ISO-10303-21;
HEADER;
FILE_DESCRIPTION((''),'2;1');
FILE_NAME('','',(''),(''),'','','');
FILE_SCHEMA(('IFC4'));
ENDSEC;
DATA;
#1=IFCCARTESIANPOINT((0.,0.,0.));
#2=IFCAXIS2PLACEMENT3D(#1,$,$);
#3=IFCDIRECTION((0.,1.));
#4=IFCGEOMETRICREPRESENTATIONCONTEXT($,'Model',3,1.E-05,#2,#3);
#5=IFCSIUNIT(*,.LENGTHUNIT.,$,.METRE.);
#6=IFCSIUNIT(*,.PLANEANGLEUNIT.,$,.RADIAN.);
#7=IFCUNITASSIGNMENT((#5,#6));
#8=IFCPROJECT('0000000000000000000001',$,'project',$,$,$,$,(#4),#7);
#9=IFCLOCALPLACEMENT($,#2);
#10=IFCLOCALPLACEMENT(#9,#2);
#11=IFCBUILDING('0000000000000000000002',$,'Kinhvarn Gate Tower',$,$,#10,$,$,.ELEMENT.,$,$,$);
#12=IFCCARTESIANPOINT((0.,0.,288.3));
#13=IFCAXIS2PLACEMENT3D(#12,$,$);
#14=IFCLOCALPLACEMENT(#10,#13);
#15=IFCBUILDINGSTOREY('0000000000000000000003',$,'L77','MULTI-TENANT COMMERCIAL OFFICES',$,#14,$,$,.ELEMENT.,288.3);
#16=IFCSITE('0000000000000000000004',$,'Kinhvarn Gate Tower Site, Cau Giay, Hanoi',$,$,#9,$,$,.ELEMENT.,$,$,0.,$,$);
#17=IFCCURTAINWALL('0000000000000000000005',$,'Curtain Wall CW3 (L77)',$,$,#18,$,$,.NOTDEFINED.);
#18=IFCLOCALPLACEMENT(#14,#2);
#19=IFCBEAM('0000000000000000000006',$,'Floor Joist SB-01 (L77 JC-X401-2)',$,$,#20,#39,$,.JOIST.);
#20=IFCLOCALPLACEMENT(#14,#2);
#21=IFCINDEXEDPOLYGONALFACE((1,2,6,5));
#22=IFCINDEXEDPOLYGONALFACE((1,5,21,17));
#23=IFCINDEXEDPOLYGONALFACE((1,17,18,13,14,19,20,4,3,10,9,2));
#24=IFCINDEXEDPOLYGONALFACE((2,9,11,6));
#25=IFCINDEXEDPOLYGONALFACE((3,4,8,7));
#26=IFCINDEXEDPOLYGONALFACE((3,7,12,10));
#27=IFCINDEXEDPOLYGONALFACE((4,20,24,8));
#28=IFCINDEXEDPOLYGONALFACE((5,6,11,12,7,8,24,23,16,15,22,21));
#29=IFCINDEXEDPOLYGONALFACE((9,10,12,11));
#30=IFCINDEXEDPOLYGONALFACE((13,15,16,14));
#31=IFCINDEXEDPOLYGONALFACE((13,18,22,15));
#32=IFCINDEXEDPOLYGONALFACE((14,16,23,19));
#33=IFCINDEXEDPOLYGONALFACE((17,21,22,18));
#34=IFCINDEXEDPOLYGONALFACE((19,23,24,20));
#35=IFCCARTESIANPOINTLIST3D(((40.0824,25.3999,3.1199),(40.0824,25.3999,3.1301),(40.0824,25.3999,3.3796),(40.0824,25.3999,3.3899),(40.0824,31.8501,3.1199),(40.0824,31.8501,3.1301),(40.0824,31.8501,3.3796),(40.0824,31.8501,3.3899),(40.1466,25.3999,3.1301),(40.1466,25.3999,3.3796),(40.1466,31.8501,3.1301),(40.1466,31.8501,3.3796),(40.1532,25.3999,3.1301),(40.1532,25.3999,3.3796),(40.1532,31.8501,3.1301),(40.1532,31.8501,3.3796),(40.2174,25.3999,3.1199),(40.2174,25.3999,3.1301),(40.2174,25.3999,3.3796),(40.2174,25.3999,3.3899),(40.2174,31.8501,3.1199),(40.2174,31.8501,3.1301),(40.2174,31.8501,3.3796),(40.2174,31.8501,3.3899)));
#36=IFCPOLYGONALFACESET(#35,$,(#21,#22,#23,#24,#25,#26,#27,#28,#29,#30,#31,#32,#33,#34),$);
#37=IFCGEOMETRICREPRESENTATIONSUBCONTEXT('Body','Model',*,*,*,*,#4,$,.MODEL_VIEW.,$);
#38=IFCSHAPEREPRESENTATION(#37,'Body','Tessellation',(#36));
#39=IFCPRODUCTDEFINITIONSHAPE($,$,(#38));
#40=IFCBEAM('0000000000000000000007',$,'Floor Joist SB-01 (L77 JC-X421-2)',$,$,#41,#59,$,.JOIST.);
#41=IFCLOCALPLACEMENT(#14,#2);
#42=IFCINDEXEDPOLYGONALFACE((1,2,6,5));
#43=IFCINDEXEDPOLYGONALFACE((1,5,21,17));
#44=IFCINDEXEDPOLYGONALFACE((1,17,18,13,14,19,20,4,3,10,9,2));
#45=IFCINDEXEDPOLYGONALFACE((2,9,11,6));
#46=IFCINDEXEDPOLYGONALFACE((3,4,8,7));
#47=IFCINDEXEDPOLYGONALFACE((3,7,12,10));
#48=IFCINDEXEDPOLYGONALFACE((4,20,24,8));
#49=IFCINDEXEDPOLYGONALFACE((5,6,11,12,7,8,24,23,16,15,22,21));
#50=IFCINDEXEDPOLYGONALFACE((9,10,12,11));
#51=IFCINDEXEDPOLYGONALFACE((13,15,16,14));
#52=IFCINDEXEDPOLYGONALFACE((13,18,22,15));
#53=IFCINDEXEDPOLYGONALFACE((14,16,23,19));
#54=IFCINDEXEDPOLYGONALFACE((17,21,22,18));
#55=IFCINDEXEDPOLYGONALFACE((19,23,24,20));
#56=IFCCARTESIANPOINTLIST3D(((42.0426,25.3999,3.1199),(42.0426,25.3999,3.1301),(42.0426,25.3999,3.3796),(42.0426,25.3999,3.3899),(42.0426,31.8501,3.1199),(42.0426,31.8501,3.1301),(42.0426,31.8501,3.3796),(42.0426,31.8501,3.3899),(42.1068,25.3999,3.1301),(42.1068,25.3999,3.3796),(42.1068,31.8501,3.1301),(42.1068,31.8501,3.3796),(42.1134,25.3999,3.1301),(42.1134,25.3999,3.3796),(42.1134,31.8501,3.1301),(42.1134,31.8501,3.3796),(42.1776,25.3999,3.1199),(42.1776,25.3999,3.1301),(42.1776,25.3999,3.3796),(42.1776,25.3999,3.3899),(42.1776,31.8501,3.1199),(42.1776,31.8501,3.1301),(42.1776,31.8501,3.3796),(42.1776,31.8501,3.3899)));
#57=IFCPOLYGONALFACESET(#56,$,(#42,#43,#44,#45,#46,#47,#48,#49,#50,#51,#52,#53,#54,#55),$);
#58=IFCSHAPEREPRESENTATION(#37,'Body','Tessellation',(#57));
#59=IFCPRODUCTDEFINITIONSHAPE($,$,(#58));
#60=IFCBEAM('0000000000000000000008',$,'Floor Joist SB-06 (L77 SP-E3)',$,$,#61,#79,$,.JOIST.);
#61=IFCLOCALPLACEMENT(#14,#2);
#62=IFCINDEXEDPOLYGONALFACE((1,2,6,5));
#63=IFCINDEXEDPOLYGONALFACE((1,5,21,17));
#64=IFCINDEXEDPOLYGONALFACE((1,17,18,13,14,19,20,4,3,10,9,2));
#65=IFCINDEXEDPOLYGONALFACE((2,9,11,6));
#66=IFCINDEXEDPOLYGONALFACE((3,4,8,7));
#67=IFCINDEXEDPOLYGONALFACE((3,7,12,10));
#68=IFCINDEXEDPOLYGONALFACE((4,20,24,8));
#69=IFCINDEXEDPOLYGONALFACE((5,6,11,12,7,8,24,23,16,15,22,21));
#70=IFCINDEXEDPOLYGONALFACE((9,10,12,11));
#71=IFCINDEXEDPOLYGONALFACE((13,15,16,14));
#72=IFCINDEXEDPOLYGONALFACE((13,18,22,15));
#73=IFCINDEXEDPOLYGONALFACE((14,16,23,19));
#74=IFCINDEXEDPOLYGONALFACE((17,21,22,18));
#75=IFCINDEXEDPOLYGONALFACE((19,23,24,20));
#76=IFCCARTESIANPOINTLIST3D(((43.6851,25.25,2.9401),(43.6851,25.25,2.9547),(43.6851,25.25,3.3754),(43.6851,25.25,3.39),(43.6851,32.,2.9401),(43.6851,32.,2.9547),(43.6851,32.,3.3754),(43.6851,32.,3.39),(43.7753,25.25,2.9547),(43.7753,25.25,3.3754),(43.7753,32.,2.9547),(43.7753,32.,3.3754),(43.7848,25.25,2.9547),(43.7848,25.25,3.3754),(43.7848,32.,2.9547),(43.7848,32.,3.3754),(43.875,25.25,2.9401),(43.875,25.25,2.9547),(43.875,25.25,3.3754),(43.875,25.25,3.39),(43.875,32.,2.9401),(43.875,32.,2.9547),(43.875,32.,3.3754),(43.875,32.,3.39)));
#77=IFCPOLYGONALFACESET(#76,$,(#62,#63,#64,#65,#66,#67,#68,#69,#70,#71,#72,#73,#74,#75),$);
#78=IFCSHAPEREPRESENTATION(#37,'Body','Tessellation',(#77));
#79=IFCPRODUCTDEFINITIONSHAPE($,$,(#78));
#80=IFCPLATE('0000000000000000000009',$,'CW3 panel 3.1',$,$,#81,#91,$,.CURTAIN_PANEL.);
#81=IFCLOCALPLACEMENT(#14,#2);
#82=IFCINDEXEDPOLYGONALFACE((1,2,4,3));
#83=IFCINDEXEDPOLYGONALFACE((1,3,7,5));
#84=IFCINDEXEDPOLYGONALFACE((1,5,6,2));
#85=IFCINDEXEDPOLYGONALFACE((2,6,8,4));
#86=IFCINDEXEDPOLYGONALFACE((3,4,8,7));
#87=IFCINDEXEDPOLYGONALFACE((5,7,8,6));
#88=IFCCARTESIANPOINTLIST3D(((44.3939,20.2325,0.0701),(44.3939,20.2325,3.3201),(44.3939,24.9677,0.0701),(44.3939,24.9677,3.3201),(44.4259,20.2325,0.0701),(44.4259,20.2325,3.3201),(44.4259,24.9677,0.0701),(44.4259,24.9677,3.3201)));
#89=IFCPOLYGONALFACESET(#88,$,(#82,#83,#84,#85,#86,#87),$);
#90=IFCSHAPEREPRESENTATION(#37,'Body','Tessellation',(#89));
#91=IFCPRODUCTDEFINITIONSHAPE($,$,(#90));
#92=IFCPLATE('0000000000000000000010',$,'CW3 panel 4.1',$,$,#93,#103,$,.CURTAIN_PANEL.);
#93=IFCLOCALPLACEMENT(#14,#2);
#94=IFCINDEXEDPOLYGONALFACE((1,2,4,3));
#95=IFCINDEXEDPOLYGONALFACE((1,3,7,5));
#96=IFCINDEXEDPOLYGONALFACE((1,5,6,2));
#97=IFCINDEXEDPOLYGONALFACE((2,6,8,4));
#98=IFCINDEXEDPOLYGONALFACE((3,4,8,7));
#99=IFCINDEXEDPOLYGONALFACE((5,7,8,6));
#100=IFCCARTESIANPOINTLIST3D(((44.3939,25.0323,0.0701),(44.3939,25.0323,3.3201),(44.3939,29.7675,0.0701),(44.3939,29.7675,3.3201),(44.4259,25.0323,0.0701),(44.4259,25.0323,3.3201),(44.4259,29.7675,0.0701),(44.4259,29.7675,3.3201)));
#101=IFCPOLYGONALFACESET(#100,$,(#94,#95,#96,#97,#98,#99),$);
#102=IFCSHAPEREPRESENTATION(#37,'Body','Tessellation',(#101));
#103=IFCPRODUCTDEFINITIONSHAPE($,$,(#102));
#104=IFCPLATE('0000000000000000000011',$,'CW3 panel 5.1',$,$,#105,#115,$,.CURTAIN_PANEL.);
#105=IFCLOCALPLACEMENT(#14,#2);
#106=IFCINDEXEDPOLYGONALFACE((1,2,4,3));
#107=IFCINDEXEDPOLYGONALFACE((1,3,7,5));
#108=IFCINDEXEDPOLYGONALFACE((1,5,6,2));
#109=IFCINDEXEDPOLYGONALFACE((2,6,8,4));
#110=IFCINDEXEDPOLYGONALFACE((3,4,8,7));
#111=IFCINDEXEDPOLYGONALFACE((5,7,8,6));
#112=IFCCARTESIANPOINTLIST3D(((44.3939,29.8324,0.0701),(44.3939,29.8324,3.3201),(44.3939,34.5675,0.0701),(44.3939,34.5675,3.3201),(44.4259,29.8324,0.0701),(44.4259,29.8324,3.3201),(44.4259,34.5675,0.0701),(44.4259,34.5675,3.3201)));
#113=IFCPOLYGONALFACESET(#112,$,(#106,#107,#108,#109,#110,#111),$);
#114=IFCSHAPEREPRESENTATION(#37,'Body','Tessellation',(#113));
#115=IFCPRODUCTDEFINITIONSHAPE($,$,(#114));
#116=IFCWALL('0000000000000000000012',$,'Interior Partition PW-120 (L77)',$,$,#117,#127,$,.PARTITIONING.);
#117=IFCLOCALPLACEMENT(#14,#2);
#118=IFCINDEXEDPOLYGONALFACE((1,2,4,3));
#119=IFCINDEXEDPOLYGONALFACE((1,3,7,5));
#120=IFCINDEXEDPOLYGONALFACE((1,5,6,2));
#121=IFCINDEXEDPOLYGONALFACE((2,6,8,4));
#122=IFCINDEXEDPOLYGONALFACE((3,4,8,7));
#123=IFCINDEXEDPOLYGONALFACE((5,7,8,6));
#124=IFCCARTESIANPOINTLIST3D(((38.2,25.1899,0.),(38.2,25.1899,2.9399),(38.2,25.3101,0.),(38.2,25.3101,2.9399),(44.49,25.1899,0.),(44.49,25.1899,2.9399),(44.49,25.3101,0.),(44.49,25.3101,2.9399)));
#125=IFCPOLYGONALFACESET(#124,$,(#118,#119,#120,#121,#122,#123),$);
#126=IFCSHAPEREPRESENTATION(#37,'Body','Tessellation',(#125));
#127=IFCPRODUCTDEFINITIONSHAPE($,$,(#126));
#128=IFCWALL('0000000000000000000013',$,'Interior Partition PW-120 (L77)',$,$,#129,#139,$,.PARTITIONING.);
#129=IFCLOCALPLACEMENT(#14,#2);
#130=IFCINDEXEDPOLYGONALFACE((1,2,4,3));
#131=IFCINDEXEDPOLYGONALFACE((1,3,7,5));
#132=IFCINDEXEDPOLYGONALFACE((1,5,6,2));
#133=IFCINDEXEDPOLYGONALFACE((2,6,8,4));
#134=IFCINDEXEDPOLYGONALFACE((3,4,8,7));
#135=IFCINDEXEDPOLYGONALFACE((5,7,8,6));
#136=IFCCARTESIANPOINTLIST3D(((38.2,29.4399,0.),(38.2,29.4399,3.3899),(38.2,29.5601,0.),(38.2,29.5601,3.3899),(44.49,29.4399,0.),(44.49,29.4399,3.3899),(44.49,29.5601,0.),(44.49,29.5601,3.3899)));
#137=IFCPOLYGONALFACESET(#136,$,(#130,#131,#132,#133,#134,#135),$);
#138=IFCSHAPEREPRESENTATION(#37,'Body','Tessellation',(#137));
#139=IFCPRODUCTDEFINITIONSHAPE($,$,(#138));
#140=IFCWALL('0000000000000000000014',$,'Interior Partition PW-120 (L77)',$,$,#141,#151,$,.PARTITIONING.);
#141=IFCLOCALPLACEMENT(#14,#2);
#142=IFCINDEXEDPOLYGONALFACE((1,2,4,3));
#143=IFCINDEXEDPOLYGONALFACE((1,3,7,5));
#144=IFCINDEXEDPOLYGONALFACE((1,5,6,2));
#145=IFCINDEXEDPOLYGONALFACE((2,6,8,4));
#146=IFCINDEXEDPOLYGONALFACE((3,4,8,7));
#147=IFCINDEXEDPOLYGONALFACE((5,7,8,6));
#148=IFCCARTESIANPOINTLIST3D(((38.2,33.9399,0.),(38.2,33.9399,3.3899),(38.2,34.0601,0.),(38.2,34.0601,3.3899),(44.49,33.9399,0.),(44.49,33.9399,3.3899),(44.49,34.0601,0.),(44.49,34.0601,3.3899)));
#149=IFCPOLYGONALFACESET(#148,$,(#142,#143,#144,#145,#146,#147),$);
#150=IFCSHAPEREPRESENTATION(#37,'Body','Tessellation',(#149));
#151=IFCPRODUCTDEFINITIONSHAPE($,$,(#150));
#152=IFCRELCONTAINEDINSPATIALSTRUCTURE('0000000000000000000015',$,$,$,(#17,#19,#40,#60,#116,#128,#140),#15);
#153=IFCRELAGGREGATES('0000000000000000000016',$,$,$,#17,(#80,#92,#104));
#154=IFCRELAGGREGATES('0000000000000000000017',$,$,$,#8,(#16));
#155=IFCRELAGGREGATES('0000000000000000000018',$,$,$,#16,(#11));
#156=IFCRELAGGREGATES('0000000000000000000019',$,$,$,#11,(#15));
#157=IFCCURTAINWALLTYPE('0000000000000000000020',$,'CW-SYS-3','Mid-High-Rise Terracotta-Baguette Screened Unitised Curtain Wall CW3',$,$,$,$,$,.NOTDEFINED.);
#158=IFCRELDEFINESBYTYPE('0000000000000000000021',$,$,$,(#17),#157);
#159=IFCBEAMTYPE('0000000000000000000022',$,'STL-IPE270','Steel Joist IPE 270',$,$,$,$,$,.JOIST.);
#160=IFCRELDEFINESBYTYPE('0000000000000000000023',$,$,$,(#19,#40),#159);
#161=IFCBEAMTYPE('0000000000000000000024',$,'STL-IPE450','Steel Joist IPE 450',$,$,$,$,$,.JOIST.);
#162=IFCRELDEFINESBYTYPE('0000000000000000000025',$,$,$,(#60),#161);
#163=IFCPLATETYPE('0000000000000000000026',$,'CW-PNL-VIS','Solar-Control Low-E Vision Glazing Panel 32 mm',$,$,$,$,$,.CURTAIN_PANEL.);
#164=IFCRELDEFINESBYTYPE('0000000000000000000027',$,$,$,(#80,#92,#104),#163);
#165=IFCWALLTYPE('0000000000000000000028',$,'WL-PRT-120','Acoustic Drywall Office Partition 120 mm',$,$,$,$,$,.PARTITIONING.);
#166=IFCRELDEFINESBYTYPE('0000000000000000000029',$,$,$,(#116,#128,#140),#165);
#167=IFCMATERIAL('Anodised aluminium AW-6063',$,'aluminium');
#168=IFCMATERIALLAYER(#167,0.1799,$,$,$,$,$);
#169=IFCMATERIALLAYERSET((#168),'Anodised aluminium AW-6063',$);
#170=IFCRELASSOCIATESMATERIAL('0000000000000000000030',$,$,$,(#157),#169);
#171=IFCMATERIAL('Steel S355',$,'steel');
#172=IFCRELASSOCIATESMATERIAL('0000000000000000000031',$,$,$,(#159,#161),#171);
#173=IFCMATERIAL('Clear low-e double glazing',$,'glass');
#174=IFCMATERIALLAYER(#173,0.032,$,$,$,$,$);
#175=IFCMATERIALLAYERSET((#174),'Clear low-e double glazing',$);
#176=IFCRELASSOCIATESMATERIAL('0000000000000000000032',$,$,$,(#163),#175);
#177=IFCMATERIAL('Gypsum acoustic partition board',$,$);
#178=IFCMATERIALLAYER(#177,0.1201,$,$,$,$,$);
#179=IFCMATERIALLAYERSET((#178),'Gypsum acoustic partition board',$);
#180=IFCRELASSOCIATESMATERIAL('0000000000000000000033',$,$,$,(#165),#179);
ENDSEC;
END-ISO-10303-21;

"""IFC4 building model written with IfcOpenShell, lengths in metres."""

from ifc_helpers import new_model, si_unit, direction, frame, frame_2d, origin, origin_2d, place, context, subcontext, project, spatial, rectangle, i_section, extrude, material, layer, layer_set, material_profile, profile_set, type_object, element, aggregate, save


model = new_model("IFC4")

# Units and contexts
model_context = context("Model", 3, precision=1e-05, world=origin(), true_north=direction((0.0, 1.0)))
body_context = subcontext(model_context, "Body", "Model", "MODEL_VIEW")
ifc_project = project(units=[si_unit("LENGTHUNIT", "METRE"), si_unit("PLANEANGLEUNIT", "RADIAN")], contexts=[model_context])

# Site, building, storey
site_placement = place(None, origin())
site = spatial("IfcSite", under=ifc_project, at=site_placement, Name="Kinhvarn Gate Tower Site, Cau Giay, Hanoi", CompositionType="ELEMENT", RefElevation=0.0)
building_placement = place(site_placement, origin())
building = spatial("IfcBuilding", under=site, at=building_placement, Name="Kinhvarn Gate Tower", CompositionType="ELEMENT")
storey_placement = place(building_placement, frame((0.0, 0.0, 288.3)))
storey = spatial("IfcBuildingStorey", under=building, at=storey_placement, Name="L77", Description="MULTI-TENANT COMMERCIAL OFFICES", CompositionType="ELEMENT", Elevation=288.3)

# Curtain wall
ifc_material_1 = material(Name="Anodised aluminium AW-6063", Category="aluminium")
ifc_layer_1 = layer(ifc_material_1, 0.1799)
ifc_layer_set_1 = layer_set([ifc_layer_1], Name="Anodised aluminium AW-6063")
curtain_wall_type = type_object("IfcCurtainWallType", Name="CW-SYS-3", Description="Mid-High-Rise Terracotta-Baguette Screened Unitised Curtain Wall CW3", PredefinedType="NOTDEFINED", material=ifc_layer_set_1)
curtain_wall_placement = place(storey_placement, origin())
curtain_wall = element("IfcCurtainWall", 1, at=curtain_wall_placement, inside=storey, type_object=curtain_wall_type, Name="Curtain Wall CW3 (L77)", PredefinedType="NOTDEFINED")

# Beams
ifc_material_2 = material(Name="Steel S355", Category="steel")
ifc_material_profile_1 = material_profile(ifc_material_2, i_section(OverallWidth=0.135, OverallDepth=0.27, WebThickness=0.0066, FlangeThickness=0.0103, at=origin_2d()), Name="IPE 270")
ifc_profile_set_1 = profile_set([ifc_material_profile_1], Name="Steel S355")
beam_type_1 = type_object("IfcBeamType", Name="STL-IPE270", Description="Steel Joist IPE 270", PredefinedType="JOIST", material=ifc_profile_set_1)
for number, where, z_axis, x_axis, name in (
    (2, (40.1499, 25.3999, 3.2549), (0.0, 1.0, 0.0), (-1.0, 0.0, 0.0), "Floor Joist SB-01 (L77 JC-X401-2)"),
    (3, (42.1101, 25.3999, 3.2549), (0.0, 1.0, 0.0), (-1.0, 0.0, 0.0), "Floor Joist SB-01 (L77 JC-X421-2)"),
):
    element("IfcBeam", number, at=place(storey_placement, frame(where, z_axis=z_axis, x_axis=x_axis)), inside=storey, type_object=beam_type_1, Name=name, PredefinedType="JOIST", context=body_context, shape_type="SweptSolid", body=[
        extrude(i_section(OverallWidth=0.135, OverallDepth=0.27, WebThickness=0.0066, FlangeThickness=0.0103, at=origin_2d()), origin(), (0.0, 0.0, 1.0), 6.4502),
    ])
ifc_material_profile_2 = material_profile(ifc_material_2, i_section(OverallWidth=0.1899, OverallDepth=0.45, WebThickness=0.0095, FlangeThickness=0.0146, at=origin_2d()), Name="IPE 450")
ifc_profile_set_2 = profile_set([ifc_material_profile_2], Name="Steel S355")
beam_type_2 = type_object("IfcBeamType", Name="STL-IPE450", Description="Steel Joist IPE 450", PredefinedType="JOIST", material=ifc_profile_set_2)
beam_1_placement = place(storey_placement, frame((43.78, 25.25, 3.165), z_axis=(0.0, 1.0, 0.0), x_axis=(-1.0, 0.0, 0.0)))
element("IfcBeam", 4, at=beam_1_placement, inside=storey, type_object=beam_type_2, Name="Floor Joist SB-06 (L77 SP-E3)", PredefinedType="JOIST", context=body_context, shape_type="SweptSolid", body=[
    extrude(i_section(OverallWidth=0.1899, OverallDepth=0.45, WebThickness=0.0095, FlangeThickness=0.0146, at=origin_2d()), origin(), (0.0, 0.0, 1.0), 6.75),
])

# Plates
ifc_material_3 = material(Name="Clear low-e double glazing", Category="glass")
ifc_layer_2 = layer(ifc_material_3, 0.032)
ifc_layer_set_2 = layer_set([ifc_layer_2], Name="Clear low-e double glazing")
plate_type = type_object("IfcPlateType", Name="CW-PNL-VIS", Description="Solar-Control Low-E Vision Glazing Panel 32 mm", PredefinedType="CURTAIN_PANEL", material=ifc_layer_set_2)
plate_1_placement = place(storey_placement, frame((44.4099, 22.6001, 0.0701), z_axis=(0.0, 0.0, 1.0), x_axis=(0.0, 1.0, 0.0)))
plate_1 = element("IfcPlate", 5, at=plate_1_placement, type_object=plate_type, Name="CW3 panel 3.1", PredefinedType="CURTAIN_PANEL", context=body_context, shape_type="SweptSolid", body=[
    extrude(rectangle(XDim=4.7351, YDim=0.032, at=origin_2d()), origin(), (0.0, 0.0, 1.0), 3.25),
])
plate_2_placement = place(storey_placement, frame((44.4099, 27.3999, 0.0701), z_axis=(0.0, 0.0, 1.0), x_axis=(0.0, 1.0, 0.0)))
plate_2 = element("IfcPlate", 6, at=plate_2_placement, type_object=plate_type, Name="CW3 panel 4.1", PredefinedType="CURTAIN_PANEL", context=body_context, shape_type="SweptSolid", body=[
    extrude(rectangle(XDim=4.7351, YDim=0.032, at=origin_2d()), origin(), (0.0, 0.0, 1.0), 3.25),
])
plate_3_placement = place(storey_placement, frame((44.4099, 32.2, 0.0701), z_axis=(0.0, 0.0, 1.0), x_axis=(0.0, 1.0, 0.0)))
plate_3 = element("IfcPlate", 7, at=plate_3_placement, type_object=plate_type, Name="CW3 panel 5.1", PredefinedType="CURTAIN_PANEL", context=body_context, shape_type="SweptSolid", body=[
    extrude(rectangle(XDim=4.7351, YDim=0.032, at=origin_2d()), origin(), (0.0, 0.0, 1.0), 3.25),
])
aggregate(curtain_wall, [plate_1, plate_2, plate_3])

# Walls
ifc_material_4 = material(Name="Gypsum acoustic partition board")
ifc_layer_3 = layer(ifc_material_4, 0.1201)
ifc_layer_set_3 = layer_set([ifc_layer_3], Name="Gypsum acoustic partition board")
wall_type_1 = type_object("IfcWallType", Name="WL-PRT-120", Description="Acoustic Drywall Office Partition 120 mm", PredefinedType="PARTITIONING", material=ifc_layer_set_3)
wall_1_placement = place(storey_placement, frame((38.2, 25.25, 0.0), z_axis=(0.0, 0.0, 1.0), x_axis=(1.0, 0.0, 0.0)))
element("IfcWall", 8, at=wall_1_placement, inside=storey, type_object=wall_type_1, Name="Interior Partition PW-120 (L77)", PredefinedType="PARTITIONING", context=body_context, shape_type="SweptSolid", body=[
    extrude(rectangle(XDim=6.29, YDim=0.1201, at=frame_2d((3.145, 0.0))), origin(), (0.0, 0.0, 1.0), 2.9399),
])
for number, where, z_axis, x_axis, name in (
    (9, (38.2, 29.5, 0.0), (0.0, 0.0, 1.0), (1.0, 0.0, 0.0), "Interior Partition PW-120 (L77)"),
    (10, (38.2, 34.0, 0.0), (0.0, 0.0, 1.0), (1.0, 0.0, 0.0), "Interior Partition PW-120 (L77)"),
):
    element("IfcWall", number, at=place(storey_placement, frame(where, z_axis=z_axis, x_axis=x_axis)), inside=storey, type_object=wall_type_1, Name=name, PredefinedType="PARTITIONING", context=body_context, shape_type="SweptSolid", body=[
        extrude(rectangle(XDim=6.29, YDim=0.1201, at=frame_2d((3.145, 0.0))), origin(), (0.0, 0.0, 1.0), 3.3899),
    ])

save(model, "model.ifc")
